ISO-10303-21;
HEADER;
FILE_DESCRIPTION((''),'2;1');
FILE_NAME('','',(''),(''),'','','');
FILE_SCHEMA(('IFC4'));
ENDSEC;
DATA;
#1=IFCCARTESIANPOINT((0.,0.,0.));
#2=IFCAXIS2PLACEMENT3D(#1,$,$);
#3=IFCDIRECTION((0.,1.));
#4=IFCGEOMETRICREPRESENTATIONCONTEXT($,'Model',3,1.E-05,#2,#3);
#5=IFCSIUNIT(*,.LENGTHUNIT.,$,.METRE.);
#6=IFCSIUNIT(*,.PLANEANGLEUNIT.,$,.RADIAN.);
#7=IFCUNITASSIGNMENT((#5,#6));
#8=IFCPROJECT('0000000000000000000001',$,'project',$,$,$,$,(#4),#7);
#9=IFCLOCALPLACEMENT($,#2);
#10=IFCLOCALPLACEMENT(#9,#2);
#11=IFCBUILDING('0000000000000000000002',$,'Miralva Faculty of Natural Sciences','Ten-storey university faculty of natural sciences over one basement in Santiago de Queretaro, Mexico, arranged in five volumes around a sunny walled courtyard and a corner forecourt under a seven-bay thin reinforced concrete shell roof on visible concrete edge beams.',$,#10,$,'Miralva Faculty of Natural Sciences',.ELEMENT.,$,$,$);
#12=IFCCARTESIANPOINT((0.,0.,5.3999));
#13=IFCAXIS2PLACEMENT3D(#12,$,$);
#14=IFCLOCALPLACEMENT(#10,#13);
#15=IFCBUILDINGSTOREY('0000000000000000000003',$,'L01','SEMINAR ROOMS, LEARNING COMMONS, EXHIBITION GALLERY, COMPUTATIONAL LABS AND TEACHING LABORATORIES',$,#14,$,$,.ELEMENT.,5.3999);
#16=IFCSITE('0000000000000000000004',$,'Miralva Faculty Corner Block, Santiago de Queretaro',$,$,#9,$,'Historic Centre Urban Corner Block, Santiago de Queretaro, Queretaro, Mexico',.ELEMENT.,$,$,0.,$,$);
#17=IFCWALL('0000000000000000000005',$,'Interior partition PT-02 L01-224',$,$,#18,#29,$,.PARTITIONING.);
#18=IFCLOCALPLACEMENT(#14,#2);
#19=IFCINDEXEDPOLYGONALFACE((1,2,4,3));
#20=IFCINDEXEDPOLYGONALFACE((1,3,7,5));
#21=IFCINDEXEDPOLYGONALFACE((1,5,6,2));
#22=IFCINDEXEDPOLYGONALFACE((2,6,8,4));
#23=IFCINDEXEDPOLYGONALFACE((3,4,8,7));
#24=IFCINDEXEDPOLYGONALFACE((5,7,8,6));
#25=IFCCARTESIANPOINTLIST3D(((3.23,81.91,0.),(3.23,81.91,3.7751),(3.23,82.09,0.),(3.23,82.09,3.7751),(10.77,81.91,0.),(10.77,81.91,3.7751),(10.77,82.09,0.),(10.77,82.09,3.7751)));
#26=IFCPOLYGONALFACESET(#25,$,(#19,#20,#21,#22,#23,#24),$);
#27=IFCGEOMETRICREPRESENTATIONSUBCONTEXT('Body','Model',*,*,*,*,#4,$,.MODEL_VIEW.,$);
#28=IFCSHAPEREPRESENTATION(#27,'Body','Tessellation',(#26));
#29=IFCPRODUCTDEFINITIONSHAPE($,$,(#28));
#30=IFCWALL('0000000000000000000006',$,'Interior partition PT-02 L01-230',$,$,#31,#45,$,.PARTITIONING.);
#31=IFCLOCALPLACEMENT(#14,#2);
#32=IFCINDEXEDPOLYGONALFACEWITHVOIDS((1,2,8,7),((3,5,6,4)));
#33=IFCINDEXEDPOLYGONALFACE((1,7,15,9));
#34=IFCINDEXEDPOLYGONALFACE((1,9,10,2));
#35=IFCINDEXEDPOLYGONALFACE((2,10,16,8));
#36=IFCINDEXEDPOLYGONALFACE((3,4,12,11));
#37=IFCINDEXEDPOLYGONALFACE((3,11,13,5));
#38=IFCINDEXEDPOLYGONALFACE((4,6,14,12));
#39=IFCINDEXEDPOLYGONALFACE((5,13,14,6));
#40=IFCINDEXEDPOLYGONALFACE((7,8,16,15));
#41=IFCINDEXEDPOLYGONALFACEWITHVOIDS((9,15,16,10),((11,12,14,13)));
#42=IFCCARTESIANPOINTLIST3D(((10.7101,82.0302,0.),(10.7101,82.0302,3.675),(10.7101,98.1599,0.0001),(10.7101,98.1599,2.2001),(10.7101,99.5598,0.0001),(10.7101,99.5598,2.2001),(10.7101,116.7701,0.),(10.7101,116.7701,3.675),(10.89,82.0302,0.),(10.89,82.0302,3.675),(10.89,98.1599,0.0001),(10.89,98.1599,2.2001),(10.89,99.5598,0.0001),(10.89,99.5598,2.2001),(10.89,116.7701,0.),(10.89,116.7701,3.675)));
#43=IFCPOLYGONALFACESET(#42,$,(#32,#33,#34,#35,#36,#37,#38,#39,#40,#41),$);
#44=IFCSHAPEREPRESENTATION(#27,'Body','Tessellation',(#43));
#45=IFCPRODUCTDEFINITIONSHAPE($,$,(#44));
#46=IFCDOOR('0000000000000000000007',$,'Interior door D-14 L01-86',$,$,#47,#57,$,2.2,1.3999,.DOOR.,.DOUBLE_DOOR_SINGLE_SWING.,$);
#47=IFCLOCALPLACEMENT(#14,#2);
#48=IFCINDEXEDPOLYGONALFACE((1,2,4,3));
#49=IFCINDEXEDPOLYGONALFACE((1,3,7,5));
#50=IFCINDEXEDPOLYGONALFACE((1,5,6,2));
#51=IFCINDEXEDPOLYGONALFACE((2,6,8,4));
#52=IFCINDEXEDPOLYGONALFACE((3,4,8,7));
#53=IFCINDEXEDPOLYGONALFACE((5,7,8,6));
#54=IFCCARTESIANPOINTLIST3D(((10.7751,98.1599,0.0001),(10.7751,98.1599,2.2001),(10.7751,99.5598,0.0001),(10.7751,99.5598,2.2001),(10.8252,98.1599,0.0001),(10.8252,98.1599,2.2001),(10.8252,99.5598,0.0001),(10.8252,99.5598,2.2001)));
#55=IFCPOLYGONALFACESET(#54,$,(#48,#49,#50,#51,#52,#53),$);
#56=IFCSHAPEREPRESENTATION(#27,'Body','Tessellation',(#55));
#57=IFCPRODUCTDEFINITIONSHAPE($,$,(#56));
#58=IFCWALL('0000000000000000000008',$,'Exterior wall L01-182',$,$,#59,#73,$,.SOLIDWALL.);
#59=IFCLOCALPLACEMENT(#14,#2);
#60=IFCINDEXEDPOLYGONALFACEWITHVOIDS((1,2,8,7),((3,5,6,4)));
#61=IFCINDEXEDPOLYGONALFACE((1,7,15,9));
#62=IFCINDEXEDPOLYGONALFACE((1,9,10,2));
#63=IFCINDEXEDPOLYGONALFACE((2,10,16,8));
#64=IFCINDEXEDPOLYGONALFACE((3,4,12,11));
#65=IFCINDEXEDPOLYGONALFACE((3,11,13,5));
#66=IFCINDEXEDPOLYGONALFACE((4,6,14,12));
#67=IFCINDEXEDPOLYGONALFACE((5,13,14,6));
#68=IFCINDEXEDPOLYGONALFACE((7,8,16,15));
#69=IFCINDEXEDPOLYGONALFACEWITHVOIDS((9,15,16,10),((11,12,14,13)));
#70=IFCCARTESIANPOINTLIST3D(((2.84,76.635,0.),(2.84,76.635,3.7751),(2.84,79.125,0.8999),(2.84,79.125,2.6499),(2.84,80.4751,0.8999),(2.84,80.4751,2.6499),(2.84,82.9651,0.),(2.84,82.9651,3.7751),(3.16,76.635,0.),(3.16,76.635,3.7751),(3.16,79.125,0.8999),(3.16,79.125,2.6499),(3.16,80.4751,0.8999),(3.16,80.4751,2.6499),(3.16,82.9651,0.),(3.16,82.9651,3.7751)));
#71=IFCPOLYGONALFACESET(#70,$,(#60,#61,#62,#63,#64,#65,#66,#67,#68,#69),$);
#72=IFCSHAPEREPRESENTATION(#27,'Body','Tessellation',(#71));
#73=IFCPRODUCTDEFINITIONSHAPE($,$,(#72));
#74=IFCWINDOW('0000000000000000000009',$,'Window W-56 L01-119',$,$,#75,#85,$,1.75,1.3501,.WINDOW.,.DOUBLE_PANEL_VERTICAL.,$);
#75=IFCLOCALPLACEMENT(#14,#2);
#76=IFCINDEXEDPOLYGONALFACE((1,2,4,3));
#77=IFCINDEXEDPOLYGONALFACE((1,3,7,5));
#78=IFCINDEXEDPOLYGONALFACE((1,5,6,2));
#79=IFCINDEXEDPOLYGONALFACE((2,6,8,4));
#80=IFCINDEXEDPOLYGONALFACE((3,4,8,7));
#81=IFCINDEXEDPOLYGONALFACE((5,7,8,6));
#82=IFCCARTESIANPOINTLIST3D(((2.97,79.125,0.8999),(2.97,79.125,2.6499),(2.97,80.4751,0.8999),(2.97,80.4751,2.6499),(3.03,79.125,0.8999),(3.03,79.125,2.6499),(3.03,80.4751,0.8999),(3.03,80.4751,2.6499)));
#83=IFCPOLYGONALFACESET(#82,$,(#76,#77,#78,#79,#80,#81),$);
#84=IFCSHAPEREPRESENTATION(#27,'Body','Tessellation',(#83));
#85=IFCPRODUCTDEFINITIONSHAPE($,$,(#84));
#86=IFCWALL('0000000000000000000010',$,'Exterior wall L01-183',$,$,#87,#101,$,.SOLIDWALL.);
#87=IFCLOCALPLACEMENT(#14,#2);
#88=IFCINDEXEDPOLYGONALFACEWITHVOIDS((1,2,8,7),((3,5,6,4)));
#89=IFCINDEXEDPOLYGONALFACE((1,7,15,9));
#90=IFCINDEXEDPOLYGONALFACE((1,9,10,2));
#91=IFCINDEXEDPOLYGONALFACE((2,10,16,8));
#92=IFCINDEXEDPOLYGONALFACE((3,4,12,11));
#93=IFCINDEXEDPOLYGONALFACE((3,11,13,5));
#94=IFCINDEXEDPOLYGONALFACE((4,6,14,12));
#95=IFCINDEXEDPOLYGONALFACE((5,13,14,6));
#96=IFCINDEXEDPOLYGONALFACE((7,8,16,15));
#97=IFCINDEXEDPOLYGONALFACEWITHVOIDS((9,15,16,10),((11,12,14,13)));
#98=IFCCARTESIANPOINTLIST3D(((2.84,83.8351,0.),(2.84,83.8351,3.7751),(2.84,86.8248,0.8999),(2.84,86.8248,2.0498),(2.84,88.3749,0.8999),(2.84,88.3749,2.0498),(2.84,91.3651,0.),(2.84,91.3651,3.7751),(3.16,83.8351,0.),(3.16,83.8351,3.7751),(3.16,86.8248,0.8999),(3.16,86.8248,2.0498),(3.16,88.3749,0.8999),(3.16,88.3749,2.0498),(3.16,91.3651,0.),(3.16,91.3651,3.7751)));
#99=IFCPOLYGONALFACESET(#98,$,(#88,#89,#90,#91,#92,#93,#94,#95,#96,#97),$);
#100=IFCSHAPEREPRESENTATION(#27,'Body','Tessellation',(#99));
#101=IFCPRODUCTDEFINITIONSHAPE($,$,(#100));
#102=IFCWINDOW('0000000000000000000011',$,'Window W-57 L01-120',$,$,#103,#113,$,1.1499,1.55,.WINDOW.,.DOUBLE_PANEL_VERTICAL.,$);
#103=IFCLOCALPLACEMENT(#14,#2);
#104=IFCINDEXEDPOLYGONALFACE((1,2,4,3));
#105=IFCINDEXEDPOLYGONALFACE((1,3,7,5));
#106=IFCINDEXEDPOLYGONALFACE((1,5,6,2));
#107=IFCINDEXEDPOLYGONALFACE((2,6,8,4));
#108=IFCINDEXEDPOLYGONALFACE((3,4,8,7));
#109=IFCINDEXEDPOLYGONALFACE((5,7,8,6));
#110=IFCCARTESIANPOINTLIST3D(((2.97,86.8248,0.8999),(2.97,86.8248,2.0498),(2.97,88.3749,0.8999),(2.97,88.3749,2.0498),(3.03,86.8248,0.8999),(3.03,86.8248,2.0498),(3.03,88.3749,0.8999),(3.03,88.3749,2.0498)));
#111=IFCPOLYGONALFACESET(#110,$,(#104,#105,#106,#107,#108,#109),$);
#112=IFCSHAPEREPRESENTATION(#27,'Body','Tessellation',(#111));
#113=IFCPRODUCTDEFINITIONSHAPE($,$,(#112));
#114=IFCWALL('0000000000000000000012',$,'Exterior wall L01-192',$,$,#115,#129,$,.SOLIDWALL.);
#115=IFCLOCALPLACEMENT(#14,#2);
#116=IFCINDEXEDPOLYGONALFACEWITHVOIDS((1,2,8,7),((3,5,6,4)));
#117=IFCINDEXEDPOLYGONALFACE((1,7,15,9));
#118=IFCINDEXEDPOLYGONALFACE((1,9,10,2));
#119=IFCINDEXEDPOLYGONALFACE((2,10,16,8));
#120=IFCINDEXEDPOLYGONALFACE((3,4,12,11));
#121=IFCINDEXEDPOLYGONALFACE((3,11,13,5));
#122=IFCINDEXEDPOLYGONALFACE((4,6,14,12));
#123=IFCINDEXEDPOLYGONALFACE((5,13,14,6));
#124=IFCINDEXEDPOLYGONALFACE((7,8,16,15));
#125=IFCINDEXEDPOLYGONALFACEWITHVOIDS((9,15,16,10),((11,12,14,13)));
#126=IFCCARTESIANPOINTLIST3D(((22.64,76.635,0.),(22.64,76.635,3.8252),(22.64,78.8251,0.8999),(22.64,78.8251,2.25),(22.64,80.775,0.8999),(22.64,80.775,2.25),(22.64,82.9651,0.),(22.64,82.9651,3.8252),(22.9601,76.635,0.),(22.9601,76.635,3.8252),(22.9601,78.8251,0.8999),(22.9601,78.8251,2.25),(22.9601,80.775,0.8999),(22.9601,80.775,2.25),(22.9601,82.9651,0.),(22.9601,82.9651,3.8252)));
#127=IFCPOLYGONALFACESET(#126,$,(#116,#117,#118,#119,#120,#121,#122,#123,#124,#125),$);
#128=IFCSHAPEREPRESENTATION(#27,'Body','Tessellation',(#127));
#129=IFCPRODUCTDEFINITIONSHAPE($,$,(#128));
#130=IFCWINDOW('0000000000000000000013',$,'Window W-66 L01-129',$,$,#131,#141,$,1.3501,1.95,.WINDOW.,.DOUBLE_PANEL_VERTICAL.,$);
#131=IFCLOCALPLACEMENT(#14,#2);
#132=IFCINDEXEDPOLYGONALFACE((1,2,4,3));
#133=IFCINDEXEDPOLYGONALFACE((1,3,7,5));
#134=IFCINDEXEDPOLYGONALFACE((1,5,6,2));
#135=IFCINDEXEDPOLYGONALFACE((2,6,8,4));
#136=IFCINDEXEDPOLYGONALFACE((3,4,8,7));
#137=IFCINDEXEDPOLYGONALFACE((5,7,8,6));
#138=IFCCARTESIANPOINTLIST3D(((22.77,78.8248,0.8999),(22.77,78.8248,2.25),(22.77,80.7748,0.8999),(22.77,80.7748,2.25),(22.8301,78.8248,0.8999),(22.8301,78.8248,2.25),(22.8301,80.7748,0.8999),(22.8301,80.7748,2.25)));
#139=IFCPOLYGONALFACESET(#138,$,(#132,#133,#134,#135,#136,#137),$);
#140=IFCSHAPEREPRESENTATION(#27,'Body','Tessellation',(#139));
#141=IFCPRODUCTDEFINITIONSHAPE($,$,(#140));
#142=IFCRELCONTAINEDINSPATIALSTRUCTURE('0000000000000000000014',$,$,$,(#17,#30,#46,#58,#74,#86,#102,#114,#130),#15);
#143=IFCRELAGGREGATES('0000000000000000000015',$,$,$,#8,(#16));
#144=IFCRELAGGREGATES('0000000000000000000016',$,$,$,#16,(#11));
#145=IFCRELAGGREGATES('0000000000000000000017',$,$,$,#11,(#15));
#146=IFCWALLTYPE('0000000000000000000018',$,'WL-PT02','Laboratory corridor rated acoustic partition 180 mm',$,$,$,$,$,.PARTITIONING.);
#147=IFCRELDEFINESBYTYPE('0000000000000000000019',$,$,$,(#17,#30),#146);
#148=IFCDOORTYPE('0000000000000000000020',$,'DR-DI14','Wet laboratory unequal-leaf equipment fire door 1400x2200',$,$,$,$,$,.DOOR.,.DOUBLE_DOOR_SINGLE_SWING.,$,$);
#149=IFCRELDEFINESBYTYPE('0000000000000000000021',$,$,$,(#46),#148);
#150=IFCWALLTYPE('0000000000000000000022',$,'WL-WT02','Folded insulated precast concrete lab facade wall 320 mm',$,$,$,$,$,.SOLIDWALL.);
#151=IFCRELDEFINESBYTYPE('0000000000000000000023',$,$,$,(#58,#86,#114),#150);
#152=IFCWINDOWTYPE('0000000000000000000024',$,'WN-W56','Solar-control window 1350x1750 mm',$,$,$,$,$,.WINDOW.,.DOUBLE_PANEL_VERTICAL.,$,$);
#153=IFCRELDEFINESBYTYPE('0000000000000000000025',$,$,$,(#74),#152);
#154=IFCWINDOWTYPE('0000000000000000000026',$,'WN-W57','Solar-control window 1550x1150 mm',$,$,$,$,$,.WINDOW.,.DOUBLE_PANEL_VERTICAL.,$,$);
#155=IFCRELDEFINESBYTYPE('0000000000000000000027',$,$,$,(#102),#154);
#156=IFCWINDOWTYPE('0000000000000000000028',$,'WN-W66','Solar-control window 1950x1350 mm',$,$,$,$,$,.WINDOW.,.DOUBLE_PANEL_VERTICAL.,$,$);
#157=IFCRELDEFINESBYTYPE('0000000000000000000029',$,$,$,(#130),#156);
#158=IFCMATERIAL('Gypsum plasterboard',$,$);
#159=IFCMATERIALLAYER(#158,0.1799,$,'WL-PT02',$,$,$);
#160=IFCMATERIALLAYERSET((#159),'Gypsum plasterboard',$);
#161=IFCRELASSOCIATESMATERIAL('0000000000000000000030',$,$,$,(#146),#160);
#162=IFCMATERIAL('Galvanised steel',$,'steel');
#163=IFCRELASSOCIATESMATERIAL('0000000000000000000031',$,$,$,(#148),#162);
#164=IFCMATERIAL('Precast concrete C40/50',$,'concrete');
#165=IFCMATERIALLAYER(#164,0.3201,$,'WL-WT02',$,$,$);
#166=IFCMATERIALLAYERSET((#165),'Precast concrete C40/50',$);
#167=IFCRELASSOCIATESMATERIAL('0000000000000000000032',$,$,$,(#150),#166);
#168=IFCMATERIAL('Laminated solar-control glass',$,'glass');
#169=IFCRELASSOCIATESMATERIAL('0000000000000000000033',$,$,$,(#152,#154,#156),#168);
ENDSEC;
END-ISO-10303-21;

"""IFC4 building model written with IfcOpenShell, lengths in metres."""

from ifc_helpers import new_model, si_unit, direction, frame, frame_2d, origin, place, context, subcontext, project, spatial, rectangle, extrude, material, layer, layer_set, type_object, element, fill, save


model = new_model("IFC4")

# Units and contexts
model_context = context("Model", 3, precision=1e-05, world=origin(), true_north=direction((0.0, 1.0)))
body_context = subcontext(model_context, "Body", "Model", "MODEL_VIEW")
ifc_project = project(units=[si_unit("LENGTHUNIT", "METRE"), si_unit("PLANEANGLEUNIT", "RADIAN")], contexts=[model_context])

# Site, building, storey
site_placement = place(None, origin())
site = spatial("IfcSite", under=ifc_project, at=site_placement, Name="Miralva Faculty Corner Block, Santiago de Queretaro", LongName="Historic Centre Urban Corner Block, Santiago de Queretaro, Queretaro, Mexico", CompositionType="ELEMENT", RefElevation=0.0)
building_placement = place(site_placement, origin())
building = spatial("IfcBuilding", under=site, at=building_placement, Name="Miralva Faculty of Natural Sciences", Description="Ten-storey university faculty of natural sciences over one basement in Santiago de Queretaro, Mexico, arranged in five volumes around a sunny walled courtyard and a corner forecourt under a seven-bay thin reinforced concrete shell roof on visible concrete edge beams.", LongName="Miralva Faculty of Natural Sciences", CompositionType="ELEMENT")
storey_placement = place(building_placement, frame((0.0, 0.0, 5.3999)))
storey = spatial("IfcBuildingStorey", under=building, at=storey_placement, Name="L01", Description="SEMINAR ROOMS, LEARNING COMMONS, EXHIBITION GALLERY, COMPUTATIONAL LABS AND TEACHING LABORATORIES", CompositionType="ELEMENT", Elevation=5.3999)

# Wall
ifc_material_1 = material(Name="Gypsum plasterboard")
ifc_layer_1 = layer(ifc_material_1, 0.1799, Name="WL-PT02")
ifc_layer_set_1 = layer_set([ifc_layer_1], Name="Gypsum plasterboard")
wall_type_1 = type_object("IfcWallType", Name="WL-PT02", Description="Laboratory corridor rated acoustic partition 180 mm", PredefinedType="PARTITIONING", material=ifc_layer_set_1)
wall_1_placement = place(storey_placement, frame((3.23, 82.0, 0.0), z_axis=(0.0, 0.0, 1.0), x_axis=(1.0, 0.0, 0.0)))
element("IfcWall", 1, at=wall_1_placement, inside=storey, type_object=wall_type_1, Name="Interior partition PT-02 L01-224", PredefinedType="PARTITIONING", context=body_context, shape_type="SweptSolid", body=[
    extrude(rectangle(XDim=7.54, YDim=0.1799, at=frame_2d((3.77, 0.0))), origin(), (0.0, 0.0, 1.0), 3.7751),
])

# Wall, opening, door
wall_2_placement = place(storey_placement, frame((10.8, 82.03, 0.0), z_axis=(0.0, 0.0, 1.0), x_axis=(0.0, 1.0, 0.0)))
wall_2 = element("IfcWall", 2, at=wall_2_placement, inside=storey, type_object=wall_type_1, Name="Interior partition PT-02 L01-230", PredefinedType="PARTITIONING", context=body_context, shape_type="SweptSolid", body=[
    extrude(rectangle(XDim=34.74, YDim=0.1799, at=frame_2d((17.3701, 0.0))), origin(), (0.0, 0.0, 1.0), 3.675),
])
opening_1_placement = place(wall_2_placement, frame((16.1299, 0.0, 0.0)))
opening_1 = element("IfcOpeningElement", 3, at=opening_1_placement, cuts=wall_2, PredefinedType="OPENING", context=body_context, shape_type="SweptSolid", body=[
    extrude(rectangle(XDim=1.3999, YDim=2.2, at=frame_2d((0.7, 1.1001))), frame((0.0, 0.0999, 0.0), z_axis=(0.0, -1.0, 0.0), x_axis=(1.0, 0.0, 0.0)), (0.0, 0.0, 1.0), 0.2),
])
ifc_material_2 = material(Name="Galvanised steel", Category="steel")
door_type = type_object("IfcDoorType", Name="DR-DI14", Description="Wet laboratory unequal-leaf equipment fire door 1400x2200", OperationType="DOUBLE_DOOR_SINGLE_SWING", PredefinedType="DOOR", material=ifc_material_2)
door_placement = place(opening_1_placement, origin())
door = element("IfcDoor", 4, at=door_placement, inside=storey, type_object=door_type, Name="Interior door D-14 L01-86", OperationType="DOUBLE_DOOR_SINGLE_SWING", OverallHeight=2.2, OverallWidth=1.3999, PredefinedType="DOOR", context=body_context, shape_type="SweptSolid", body=[
    extrude(rectangle(XDim=1.3999, YDim=2.2, at=frame_2d((0.7, 1.1001))), frame((0.0, 0.0249, 0.0), z_axis=(0.0, -1.0, 0.0), x_axis=(1.0, 0.0, 0.0)), (0.0, 0.0, 1.0), 0.05),
])
fill(opening_1, door)

# Walls, openings, windows
ifc_material_3 = material(Name="Precast concrete C40/50", Category="concrete")
ifc_layer_2 = layer(ifc_material_3, 0.3201, Name="WL-WT02")
ifc_layer_set_2 = layer_set([ifc_layer_2], Name="Precast concrete C40/50")
wall_type_2 = type_object("IfcWallType", Name="WL-WT02", Description="Folded insulated precast concrete lab facade wall 320 mm", PredefinedType="SOLIDWALL", material=ifc_layer_set_2)
wall_3_placement = place(storey_placement, frame((3.0, 76.635, 0.0), z_axis=(0.0, 0.0, 1.0), x_axis=(0.0, 1.0, 0.0)))
wall_3 = element("IfcWall", 5, at=wall_3_placement, inside=storey, type_object=wall_type_2, Name="Exterior wall L01-182", PredefinedType="SOLIDWALL", context=body_context, shape_type="SweptSolid", body=[
    extrude(rectangle(XDim=6.3301, YDim=0.3201, at=frame_2d((3.165, 0.0))), origin(), (0.0, 0.0, 1.0), 3.7751),
])
opening_2_placement = place(wall_3_placement, frame((2.49, 0.0, 0.8999)))
opening_2 = element("IfcOpeningElement", 6, at=opening_2_placement, cuts=wall_3, PredefinedType="OPENING", context=body_context, shape_type="SweptSolid", body=[
    extrude(rectangle(XDim=1.3501, YDim=1.75, at=frame_2d((0.675, 0.875))), frame((0.0, 0.1699, 0.0), z_axis=(0.0, -1.0, 0.0), x_axis=(1.0, 0.0, 0.0)), (0.0, 0.0, 1.0), 0.3401),
])
ifc_material_4 = material(Name="Laminated solar-control glass", Category="glass")
window_type_1 = type_object("IfcWindowType", Name="WN-W56", Description="Solar-control window 1350x1750 mm", PartitioningType="DOUBLE_PANEL_VERTICAL", PredefinedType="WINDOW", material=ifc_material_4)
window_1_placement = place(opening_2_placement, origin())
window_1 = element("IfcWindow", 7, at=window_1_placement, inside=storey, type_object=window_type_1, Name="Window W-56 L01-119", OverallHeight=1.75, OverallWidth=1.3501, PartitioningType="DOUBLE_PANEL_VERTICAL", PredefinedType="WINDOW", context=body_context, shape_type="SweptSolid", body=[
    extrude(rectangle(XDim=1.3501, YDim=1.75, at=frame_2d((0.675, 0.875))), frame((0.0, 0.03, 0.0), z_axis=(0.0, -1.0, 0.0), x_axis=(1.0, 0.0, 0.0)), (0.0, 0.0, 1.0), 0.0601),
])
fill(opening_2, window_1)
wall_4_placement = place(storey_placement, frame((3.0, 83.835, 0.0), z_axis=(0.0, 0.0, 1.0), x_axis=(0.0, 1.0, 0.0)))
wall_4 = element("IfcWall", 8, at=wall_4_placement, inside=storey, type_object=wall_type_2, Name="Exterior wall L01-183", PredefinedType="SOLIDWALL", context=body_context, shape_type="SweptSolid", body=[
    extrude(rectangle(XDim=7.53, YDim=0.3201, at=frame_2d((3.7651, 0.0))), origin(), (0.0, 0.0, 1.0), 3.7751),
])
opening_3_placement = place(wall_4_placement, frame((2.99, 0.0, 0.8999)))
opening_3 = element("IfcOpeningElement", 9, at=opening_3_placement, cuts=wall_4, PredefinedType="OPENING", context=body_context, shape_type="SweptSolid", body=[
    extrude(rectangle(XDim=1.55, YDim=1.1499, at=frame_2d((0.7749, 0.575))), frame((0.0, 0.1699, 0.0), z_axis=(0.0, -1.0, 0.0), x_axis=(1.0, 0.0, 0.0)), (0.0, 0.0, 1.0), 0.3401),
])
window_type_2 = type_object("IfcWindowType", Name="WN-W57", Description="Solar-control window 1550x1150 mm", PartitioningType="DOUBLE_PANEL_VERTICAL", PredefinedType="WINDOW", material=ifc_material_4)
window_2_placement = place(opening_3_placement, origin())
window_2 = element("IfcWindow", 10, at=window_2_placement, inside=storey, type_object=window_type_2, Name="Window W-57 L01-120", OverallHeight=1.1499, OverallWidth=1.55, PartitioningType="DOUBLE_PANEL_VERTICAL", PredefinedType="WINDOW", context=body_context, shape_type="SweptSolid", body=[
    extrude(rectangle(XDim=1.55, YDim=1.1499, at=frame_2d((0.7749, 0.575))), frame((0.0, 0.03, 0.0), z_axis=(0.0, -1.0, 0.0), x_axis=(1.0, 0.0, 0.0)), (0.0, 0.0, 1.0), 0.0601),
])
fill(opening_3, window_2)
wall_5_placement = place(storey_placement, frame((22.8, 76.635, 0.0), z_axis=(0.0, 0.0, 1.0), x_axis=(0.0, 1.0, 0.0)))
wall_5 = element("IfcWall", 11, at=wall_5_placement, inside=storey, type_object=wall_type_2, Name="Exterior wall L01-192", PredefinedType="SOLIDWALL", context=body_context, shape_type="SweptSolid", body=[
    extrude(rectangle(XDim=6.3301, YDim=0.3201, at=frame_2d((3.165, 0.0))), origin(), (0.0, 0.0, 1.0), 3.8252),
])
opening_4_placement = place(wall_5_placement, frame((2.1899, 0.0, 0.8999)))
opening_4 = element("IfcOpeningElement", 12, at=opening_4_placement, cuts=wall_5, PredefinedType="OPENING", context=body_context, shape_type="SweptSolid", body=[
    extrude(rectangle(XDim=1.95, YDim=1.3501, at=frame_2d((0.9751, 0.675))), frame((0.0, 0.1699, 0.0), z_axis=(0.0, -1.0, 0.0), x_axis=(1.0, 0.0, 0.0)), (0.0, 0.0, 1.0), 0.3401),
])
window_type_3 = type_object("IfcWindowType", Name="WN-W66", Description="Solar-control window 1950x1350 mm", PartitioningType="DOUBLE_PANEL_VERTICAL", PredefinedType="WINDOW", material=ifc_material_4)
window_3_placement = place(opening_4_placement, frame((1.95, 0.0, 0.0), z_axis=(0.0, 0.0, 1.0), x_axis=(-1.0, 0.0, 0.0)))
window_3 = element("IfcWindow", 13, at=window_3_placement, inside=storey, type_object=window_type_3, Name="Window W-66 L01-129", OverallHeight=1.3501, OverallWidth=1.95, PartitioningType="DOUBLE_PANEL_VERTICAL", PredefinedType="WINDOW", context=body_context, shape_type="SweptSolid", body=[
    extrude(rectangle(XDim=1.95, YDim=1.3501, at=frame_2d((0.9751, 0.675))), frame((0.0, 0.03, 0.0), z_axis=(0.0, -1.0, 0.0), x_axis=(1.0, 0.0, 0.0)), (0.0, 0.0, 1.0), 0.0601),
])
fill(opening_4, window_3)

save(model, "model.ifc")
